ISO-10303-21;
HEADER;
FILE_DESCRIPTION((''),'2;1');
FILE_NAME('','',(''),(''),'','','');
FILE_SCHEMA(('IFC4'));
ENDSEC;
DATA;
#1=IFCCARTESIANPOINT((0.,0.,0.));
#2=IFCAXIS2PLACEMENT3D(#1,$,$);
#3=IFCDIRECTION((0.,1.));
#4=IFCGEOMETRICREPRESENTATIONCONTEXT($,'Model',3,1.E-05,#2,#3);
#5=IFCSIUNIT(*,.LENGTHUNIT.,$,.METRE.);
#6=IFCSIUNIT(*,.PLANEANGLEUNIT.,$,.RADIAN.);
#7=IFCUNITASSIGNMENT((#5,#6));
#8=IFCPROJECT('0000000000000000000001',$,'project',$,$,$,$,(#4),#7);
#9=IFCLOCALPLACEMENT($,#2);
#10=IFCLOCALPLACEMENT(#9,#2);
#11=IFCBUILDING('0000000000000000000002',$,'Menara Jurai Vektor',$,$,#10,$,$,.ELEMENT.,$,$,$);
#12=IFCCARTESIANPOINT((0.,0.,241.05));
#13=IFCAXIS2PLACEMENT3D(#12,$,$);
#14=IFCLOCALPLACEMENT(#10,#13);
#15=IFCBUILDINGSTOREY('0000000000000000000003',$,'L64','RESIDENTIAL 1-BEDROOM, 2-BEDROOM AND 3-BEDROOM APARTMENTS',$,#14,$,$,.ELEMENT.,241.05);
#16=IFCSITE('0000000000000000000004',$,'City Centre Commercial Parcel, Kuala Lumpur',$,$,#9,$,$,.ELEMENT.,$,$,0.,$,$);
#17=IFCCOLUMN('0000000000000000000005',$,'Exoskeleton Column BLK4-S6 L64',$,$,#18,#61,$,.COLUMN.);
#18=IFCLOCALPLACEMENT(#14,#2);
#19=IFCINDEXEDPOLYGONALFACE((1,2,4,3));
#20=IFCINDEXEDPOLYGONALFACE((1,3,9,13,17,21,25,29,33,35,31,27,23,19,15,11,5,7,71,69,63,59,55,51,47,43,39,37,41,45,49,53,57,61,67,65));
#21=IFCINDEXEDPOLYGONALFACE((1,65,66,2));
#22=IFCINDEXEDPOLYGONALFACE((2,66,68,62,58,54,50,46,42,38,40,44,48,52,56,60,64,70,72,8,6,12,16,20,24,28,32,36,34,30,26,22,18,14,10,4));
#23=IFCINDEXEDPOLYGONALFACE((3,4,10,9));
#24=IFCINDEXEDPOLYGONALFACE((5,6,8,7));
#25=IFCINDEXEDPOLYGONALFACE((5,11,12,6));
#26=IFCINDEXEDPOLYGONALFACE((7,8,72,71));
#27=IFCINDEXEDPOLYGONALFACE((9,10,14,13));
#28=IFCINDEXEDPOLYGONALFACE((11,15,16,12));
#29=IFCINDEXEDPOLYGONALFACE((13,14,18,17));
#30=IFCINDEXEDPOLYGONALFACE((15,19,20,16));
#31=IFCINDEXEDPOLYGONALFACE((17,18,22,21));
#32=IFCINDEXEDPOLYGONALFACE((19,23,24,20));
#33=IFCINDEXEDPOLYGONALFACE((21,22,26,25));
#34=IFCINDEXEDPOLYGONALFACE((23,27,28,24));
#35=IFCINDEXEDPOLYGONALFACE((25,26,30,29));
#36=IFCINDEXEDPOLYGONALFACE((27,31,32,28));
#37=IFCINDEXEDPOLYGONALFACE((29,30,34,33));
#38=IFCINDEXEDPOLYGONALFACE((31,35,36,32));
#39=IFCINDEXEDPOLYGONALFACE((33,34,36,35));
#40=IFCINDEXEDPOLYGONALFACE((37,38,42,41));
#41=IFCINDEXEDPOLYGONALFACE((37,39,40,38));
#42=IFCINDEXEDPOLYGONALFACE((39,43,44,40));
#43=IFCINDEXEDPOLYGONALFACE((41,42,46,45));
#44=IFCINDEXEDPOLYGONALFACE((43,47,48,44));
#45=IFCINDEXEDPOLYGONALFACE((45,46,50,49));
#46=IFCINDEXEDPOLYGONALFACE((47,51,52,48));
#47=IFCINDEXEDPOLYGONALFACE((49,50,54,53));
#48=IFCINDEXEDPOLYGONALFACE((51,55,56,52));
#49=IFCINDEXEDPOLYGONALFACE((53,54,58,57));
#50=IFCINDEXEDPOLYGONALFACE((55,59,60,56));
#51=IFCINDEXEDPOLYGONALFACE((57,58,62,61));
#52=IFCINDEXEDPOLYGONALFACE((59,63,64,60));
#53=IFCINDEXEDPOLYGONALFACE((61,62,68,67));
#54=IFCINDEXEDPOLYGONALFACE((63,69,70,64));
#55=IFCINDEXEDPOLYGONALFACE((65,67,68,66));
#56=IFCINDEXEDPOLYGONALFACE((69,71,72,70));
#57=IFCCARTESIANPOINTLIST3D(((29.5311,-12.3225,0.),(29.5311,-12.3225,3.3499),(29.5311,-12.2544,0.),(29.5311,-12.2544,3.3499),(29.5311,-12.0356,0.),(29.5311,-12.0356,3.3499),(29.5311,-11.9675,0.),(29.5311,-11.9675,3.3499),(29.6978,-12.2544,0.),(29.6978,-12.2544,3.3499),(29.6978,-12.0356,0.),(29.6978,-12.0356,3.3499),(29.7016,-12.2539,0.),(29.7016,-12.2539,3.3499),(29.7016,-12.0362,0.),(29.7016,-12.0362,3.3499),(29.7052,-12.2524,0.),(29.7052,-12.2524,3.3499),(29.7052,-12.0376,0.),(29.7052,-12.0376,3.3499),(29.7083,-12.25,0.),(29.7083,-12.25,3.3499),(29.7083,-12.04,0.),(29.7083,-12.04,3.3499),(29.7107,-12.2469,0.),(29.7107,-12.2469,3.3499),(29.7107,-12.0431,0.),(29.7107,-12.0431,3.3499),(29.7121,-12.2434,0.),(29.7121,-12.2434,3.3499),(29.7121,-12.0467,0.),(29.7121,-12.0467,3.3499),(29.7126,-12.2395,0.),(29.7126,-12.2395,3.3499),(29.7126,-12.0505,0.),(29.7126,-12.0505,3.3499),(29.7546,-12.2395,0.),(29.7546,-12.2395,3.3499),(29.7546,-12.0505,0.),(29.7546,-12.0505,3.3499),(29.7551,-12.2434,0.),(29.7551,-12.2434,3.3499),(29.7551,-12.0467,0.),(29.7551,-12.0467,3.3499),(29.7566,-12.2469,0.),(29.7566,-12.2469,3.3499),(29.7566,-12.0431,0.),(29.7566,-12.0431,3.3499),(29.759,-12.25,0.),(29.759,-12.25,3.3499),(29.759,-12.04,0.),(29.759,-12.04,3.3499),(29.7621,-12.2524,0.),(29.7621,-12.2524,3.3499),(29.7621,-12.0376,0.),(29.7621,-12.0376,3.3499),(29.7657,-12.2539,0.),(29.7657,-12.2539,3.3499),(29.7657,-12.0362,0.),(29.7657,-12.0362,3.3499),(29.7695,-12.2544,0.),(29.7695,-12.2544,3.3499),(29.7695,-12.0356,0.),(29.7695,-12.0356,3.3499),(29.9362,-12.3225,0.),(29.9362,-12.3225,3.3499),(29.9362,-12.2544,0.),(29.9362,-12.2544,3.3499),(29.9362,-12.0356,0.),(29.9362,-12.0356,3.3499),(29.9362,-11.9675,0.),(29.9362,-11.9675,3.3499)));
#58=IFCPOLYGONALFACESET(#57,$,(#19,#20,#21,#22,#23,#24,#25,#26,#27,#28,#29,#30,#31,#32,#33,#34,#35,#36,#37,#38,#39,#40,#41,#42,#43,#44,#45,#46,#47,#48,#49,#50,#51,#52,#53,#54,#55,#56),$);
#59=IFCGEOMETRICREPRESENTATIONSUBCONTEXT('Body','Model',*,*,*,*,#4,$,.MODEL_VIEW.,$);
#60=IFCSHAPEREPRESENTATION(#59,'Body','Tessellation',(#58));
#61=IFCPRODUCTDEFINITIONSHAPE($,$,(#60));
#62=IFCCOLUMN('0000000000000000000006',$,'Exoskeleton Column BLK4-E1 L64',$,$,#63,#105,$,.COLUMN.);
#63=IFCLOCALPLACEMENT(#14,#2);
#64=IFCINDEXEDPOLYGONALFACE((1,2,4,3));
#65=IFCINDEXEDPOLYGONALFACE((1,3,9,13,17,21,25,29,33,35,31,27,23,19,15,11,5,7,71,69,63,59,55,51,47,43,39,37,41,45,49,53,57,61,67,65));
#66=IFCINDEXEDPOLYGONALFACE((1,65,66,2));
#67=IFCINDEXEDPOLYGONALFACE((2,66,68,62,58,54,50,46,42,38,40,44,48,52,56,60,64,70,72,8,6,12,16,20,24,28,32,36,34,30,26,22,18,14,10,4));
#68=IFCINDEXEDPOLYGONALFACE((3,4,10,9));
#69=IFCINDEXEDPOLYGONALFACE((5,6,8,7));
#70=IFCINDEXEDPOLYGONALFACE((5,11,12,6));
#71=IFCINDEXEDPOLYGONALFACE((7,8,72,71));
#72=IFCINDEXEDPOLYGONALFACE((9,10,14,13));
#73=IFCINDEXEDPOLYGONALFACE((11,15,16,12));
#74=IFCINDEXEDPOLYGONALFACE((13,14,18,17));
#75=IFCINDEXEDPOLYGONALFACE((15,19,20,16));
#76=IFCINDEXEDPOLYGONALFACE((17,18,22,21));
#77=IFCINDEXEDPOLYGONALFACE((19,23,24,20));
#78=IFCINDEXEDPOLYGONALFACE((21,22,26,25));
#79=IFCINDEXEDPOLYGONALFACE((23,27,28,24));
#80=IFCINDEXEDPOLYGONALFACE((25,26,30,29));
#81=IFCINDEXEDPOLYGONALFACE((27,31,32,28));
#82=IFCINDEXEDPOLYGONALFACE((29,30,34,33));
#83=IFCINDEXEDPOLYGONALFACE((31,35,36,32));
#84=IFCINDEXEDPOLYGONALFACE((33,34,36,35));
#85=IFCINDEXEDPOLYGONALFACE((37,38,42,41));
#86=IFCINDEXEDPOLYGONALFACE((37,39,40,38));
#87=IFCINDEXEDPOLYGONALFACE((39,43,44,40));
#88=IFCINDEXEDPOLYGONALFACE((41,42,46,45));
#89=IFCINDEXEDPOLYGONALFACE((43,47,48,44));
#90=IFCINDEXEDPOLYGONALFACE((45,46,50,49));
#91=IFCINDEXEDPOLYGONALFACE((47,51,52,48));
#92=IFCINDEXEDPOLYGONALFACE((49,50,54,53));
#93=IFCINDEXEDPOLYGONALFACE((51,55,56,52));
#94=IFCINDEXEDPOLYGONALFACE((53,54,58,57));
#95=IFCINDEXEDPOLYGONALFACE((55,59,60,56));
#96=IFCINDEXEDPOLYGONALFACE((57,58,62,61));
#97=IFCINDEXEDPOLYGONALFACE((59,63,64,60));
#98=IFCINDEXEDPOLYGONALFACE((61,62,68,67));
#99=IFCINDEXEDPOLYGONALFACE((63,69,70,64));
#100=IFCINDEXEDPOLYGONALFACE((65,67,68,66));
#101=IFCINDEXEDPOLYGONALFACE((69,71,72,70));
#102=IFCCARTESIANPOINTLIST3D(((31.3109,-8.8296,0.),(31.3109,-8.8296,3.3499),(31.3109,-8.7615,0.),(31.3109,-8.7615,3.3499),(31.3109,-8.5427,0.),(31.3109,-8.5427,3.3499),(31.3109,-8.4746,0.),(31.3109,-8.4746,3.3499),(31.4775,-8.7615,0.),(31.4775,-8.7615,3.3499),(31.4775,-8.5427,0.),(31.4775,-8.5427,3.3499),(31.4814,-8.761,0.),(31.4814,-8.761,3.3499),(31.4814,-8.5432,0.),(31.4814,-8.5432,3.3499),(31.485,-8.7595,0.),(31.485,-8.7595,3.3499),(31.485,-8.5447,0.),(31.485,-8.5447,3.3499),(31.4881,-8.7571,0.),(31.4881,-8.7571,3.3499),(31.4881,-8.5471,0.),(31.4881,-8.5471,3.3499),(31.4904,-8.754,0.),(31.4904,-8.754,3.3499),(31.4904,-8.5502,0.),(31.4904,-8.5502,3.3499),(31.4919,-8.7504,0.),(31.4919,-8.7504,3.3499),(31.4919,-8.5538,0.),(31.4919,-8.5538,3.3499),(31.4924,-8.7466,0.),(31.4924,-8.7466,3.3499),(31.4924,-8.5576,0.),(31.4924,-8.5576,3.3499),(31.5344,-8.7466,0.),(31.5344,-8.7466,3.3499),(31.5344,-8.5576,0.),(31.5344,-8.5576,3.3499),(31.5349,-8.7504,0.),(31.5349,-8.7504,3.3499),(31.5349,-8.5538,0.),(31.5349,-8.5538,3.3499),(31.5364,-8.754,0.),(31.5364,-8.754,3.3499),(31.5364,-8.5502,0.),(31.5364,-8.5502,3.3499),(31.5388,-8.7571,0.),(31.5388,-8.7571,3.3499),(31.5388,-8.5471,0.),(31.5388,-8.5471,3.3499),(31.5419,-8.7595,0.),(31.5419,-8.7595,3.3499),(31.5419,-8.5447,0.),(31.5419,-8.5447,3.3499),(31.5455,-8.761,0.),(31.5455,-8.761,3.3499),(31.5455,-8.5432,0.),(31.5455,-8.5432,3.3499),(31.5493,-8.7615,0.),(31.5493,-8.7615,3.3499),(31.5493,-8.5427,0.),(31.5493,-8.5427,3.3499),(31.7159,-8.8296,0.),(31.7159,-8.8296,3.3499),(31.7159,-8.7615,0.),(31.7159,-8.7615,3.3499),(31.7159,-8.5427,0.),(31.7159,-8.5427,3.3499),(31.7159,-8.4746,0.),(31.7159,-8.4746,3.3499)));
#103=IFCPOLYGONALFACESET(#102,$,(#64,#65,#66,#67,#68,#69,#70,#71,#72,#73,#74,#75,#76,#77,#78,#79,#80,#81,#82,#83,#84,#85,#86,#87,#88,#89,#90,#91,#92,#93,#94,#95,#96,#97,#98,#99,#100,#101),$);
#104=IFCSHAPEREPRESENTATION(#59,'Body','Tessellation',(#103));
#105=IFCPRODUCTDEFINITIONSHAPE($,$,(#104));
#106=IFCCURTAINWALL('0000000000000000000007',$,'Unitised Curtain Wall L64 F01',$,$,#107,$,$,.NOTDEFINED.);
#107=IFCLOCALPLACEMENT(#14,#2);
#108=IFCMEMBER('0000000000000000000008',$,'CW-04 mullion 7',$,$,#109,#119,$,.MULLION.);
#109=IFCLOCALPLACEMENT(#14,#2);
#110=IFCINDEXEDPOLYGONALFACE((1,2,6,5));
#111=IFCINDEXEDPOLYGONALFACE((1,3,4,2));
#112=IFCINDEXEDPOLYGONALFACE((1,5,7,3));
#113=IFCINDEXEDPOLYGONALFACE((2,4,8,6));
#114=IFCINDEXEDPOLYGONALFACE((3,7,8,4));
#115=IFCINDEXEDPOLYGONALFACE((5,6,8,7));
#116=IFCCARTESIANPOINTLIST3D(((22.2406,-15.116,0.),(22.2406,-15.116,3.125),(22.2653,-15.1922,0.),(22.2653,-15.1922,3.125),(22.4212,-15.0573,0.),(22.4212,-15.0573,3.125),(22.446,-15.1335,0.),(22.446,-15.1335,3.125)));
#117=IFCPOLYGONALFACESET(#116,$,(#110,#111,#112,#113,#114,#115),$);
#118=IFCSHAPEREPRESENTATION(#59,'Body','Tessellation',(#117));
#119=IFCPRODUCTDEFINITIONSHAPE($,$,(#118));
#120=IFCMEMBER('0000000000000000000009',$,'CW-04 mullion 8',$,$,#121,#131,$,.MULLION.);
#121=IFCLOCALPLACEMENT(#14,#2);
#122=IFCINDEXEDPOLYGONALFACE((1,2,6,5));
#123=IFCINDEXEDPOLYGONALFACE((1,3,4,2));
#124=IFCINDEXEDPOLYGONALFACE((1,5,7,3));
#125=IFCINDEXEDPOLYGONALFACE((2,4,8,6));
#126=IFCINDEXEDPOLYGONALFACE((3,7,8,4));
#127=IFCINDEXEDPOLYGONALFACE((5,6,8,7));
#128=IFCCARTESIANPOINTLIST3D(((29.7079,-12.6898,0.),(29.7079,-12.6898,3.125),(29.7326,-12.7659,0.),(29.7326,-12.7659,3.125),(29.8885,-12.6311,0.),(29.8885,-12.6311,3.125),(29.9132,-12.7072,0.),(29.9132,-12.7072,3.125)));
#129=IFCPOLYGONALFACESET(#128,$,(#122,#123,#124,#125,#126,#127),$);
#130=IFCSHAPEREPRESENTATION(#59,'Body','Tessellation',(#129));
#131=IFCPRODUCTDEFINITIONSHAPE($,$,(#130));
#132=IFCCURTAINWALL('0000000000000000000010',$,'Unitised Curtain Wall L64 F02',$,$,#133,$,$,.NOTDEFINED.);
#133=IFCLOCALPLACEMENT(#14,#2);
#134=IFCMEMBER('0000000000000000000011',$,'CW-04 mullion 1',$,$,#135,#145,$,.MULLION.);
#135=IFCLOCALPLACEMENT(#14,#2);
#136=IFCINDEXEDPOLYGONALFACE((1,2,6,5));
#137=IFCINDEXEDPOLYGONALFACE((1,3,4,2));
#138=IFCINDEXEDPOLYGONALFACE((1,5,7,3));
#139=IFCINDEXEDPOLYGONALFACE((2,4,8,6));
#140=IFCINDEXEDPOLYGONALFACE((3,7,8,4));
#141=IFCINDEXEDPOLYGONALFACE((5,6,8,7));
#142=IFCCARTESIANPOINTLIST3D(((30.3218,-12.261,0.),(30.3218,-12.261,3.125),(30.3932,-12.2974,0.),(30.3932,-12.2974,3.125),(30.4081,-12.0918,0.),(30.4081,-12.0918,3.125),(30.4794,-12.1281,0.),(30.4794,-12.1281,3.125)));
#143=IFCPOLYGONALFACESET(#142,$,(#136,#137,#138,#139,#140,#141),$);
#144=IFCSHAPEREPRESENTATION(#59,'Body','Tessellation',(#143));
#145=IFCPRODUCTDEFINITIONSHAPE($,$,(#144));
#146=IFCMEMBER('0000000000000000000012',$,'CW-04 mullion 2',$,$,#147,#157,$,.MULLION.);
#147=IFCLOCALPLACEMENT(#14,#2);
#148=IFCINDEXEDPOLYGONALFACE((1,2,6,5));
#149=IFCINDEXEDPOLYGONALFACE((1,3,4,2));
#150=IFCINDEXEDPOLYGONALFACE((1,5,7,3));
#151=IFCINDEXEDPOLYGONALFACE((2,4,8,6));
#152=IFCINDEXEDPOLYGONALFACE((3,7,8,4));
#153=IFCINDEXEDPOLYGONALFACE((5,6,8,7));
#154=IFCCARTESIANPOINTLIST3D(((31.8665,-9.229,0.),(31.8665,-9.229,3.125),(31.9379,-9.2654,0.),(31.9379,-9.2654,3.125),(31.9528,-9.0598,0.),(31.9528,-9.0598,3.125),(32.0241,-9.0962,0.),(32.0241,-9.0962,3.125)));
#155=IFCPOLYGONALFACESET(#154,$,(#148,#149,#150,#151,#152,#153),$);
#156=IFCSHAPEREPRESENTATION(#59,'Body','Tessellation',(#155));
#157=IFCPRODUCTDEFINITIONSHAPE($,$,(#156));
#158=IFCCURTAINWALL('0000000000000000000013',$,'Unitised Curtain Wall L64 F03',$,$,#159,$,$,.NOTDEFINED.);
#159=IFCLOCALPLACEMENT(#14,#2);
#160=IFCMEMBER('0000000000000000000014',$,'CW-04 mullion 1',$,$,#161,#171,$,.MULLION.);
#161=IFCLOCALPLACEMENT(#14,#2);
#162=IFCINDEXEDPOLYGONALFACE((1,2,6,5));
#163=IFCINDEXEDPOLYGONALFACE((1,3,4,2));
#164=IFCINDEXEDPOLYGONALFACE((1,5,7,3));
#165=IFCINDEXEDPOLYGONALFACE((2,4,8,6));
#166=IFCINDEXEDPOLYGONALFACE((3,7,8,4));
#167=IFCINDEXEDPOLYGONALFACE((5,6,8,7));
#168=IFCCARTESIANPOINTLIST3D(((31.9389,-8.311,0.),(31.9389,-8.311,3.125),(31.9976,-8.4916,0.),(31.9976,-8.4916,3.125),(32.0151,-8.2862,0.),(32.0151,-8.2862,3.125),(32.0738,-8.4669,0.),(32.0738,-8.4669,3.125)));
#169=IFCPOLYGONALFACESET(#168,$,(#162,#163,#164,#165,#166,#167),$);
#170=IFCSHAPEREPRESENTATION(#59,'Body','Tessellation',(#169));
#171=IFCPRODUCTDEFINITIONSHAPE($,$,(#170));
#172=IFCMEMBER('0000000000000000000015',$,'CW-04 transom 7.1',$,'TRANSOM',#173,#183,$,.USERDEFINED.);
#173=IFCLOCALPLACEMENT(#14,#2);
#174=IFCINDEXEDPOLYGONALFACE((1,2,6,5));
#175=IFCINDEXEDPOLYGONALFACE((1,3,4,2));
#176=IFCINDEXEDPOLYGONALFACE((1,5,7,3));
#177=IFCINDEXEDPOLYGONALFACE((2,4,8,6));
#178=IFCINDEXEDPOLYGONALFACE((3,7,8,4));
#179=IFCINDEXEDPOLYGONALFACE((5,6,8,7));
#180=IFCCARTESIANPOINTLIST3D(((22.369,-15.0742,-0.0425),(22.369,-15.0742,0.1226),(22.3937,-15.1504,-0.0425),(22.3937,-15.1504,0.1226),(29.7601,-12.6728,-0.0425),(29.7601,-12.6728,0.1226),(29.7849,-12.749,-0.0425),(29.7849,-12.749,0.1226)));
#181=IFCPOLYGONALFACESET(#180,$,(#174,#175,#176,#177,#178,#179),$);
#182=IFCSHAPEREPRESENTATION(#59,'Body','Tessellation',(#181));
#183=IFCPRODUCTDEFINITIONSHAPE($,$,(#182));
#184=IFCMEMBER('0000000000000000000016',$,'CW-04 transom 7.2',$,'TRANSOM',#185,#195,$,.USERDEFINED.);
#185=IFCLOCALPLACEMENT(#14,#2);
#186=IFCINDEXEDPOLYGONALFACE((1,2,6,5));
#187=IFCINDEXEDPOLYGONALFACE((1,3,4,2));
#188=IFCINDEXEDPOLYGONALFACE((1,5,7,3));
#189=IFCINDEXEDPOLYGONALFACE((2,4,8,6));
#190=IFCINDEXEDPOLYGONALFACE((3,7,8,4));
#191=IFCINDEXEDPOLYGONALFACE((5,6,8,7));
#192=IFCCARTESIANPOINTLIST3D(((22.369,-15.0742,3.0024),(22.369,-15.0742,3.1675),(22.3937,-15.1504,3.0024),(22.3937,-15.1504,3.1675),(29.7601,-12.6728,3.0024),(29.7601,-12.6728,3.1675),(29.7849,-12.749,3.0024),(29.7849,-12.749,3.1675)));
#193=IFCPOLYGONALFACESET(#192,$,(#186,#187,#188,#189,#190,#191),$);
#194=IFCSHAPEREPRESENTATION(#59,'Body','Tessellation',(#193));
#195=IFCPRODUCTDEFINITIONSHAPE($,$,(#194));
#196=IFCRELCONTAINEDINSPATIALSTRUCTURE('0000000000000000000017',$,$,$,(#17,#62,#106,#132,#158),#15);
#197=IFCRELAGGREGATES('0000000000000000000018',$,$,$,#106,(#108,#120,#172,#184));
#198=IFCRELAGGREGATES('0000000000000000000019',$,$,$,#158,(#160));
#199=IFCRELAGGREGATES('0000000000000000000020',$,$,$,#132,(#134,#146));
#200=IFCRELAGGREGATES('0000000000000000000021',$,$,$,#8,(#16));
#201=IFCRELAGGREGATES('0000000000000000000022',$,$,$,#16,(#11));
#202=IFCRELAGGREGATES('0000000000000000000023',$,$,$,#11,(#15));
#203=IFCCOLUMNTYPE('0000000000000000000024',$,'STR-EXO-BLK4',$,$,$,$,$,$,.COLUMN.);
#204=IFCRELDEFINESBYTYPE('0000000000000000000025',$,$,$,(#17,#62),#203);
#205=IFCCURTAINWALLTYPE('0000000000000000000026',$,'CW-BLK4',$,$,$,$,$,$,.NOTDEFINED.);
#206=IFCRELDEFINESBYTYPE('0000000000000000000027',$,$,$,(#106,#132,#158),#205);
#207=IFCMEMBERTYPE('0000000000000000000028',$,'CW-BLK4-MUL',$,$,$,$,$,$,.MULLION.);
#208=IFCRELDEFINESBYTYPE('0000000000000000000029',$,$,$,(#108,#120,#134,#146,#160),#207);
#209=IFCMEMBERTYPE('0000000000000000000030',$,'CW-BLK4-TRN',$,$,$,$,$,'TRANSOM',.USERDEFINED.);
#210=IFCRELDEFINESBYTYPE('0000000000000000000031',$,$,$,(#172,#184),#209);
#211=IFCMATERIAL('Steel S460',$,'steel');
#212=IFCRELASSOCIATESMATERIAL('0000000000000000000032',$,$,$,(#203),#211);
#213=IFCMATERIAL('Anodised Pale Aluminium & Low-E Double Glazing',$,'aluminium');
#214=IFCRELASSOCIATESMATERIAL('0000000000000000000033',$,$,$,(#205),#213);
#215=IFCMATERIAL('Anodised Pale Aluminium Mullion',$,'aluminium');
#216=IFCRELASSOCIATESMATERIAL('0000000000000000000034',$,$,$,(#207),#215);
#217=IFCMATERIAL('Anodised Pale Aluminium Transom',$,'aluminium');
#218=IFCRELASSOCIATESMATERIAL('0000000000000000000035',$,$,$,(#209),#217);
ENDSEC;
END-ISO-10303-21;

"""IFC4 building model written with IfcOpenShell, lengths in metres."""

from ifc_helpers import new_model, si_unit, direction, frame, origin, origin_2d, place, context, subcontext, project, spatial, rectangle, i_section, extrude, material, material_profile, profile_set, type_object, element, aggregate, save


model = new_model("IFC4")

# Units and contexts
model_context = context("Model", 3, precision=1e-05, world=origin(), true_north=direction((0.0, 1.0)))
body_context = subcontext(model_context, "Body", "Model", "MODEL_VIEW")
ifc_project = project(units=[si_unit("LENGTHUNIT", "METRE"), si_unit("PLANEANGLEUNIT", "RADIAN")], contexts=[model_context])

# Site, building, storey
site_placement = place(None, origin())
site = spatial("IfcSite", under=ifc_project, at=site_placement, Name="City Centre Commercial Parcel, Kuala Lumpur", CompositionType="ELEMENT", RefElevation=0.0)
building_placement = place(site_placement, origin())
building = spatial("IfcBuilding", under=site, at=building_placement, Name="Menara Jurai Vektor", CompositionType="ELEMENT")
storey_placement = place(building_placement, frame((0.0, 0.0, 241.05)))
storey = spatial("IfcBuildingStorey", under=building, at=storey_placement, Name="L64", Description="RESIDENTIAL 1-BEDROOM, 2-BEDROOM AND 3-BEDROOM APARTMENTS", CompositionType="ELEMENT", Elevation=241.05)

# Columns
ifc_material_1 = material(Name="Steel S460", Category="steel")
ifc_material_profile_1 = material_profile(ifc_material_1, i_section(OverallWidth=0.405, OverallDepth=0.355, WebThickness=0.042, FlangeThickness=0.0681, FilletRadius=0.0149, at=origin_2d()), Name="HD 400x551")
ifc_profile_set_1 = profile_set([ifc_material_profile_1], Name="Steel S460")
column_type = type_object("IfcColumnType", Name="STR-EXO-BLK4", PredefinedType="COLUMN", material=ifc_profile_set_1)
for number, where, z_axis, x_axis, name in (
    (1, (29.7336, -12.145, 0.0), (0.0, 0.0, 1.0), (1.0, 0.0, 0.0), "Exoskeleton Column BLK4-S6 L64"),
    (2, (31.5134, -8.6521, 0.0), (0.0, 0.0, 1.0), (1.0, 0.0, 0.0), "Exoskeleton Column BLK4-E1 L64"),
):
    element("IfcColumn", number, at=place(storey_placement, frame(where, z_axis=z_axis, x_axis=x_axis)), inside=storey, type_object=column_type, Name=name, PredefinedType="COLUMN", context=body_context, shape_type="SweptSolid", body=[
        extrude(i_section(OverallWidth=0.405, OverallDepth=0.355, WebThickness=0.042, FlangeThickness=0.0681, FilletRadius=0.0149, at=origin_2d()), origin(), (0.0, 0.0, 1.0), 3.3499),
    ])

# Curtain walls, members
ifc_material_2 = material(Name="Anodised Pale Aluminium & Low-E Double Glazing", Category="aluminium")
curtain_wall_type = type_object("IfcCurtainWallType", Name="CW-BLK4", PredefinedType="NOTDEFINED", material=ifc_material_2)
curtain_wall_1_placement = place(storey_placement, origin())
curtain_wall_1 = element("IfcCurtainWall", 3, at=curtain_wall_1_placement, inside=storey, type_object=curtain_wall_type, Name="Unitised Curtain Wall L64 F01", PredefinedType="NOTDEFINED")
ifc_material_3 = material(Name="Anodised Pale Aluminium Mullion", Category="aluminium")
ifc_material_profile_2 = material_profile(ifc_material_3, rectangle(XDim=0.0801, YDim=0.1899, at=origin_2d()), Name="ALU MUL 80x190")
ifc_profile_set_2 = profile_set([ifc_material_profile_2], Name="Anodised Pale Aluminium Mullion")
member_type_1 = type_object("IfcMemberType", Name="CW-BLK4-MUL", PredefinedType="MULLION", material=ifc_profile_set_2)
member_1_placement = place(storey_placement, frame((22.3433, -15.1248, 0.0), z_axis=(0.0, 0.0, 1.0), x_axis=(-0.309017, 0.951056, 0.0)))
member_1 = element("IfcMember", 4, at=member_1_placement, type_object=member_type_1, Name="CW-04 mullion 7", PredefinedType="MULLION", context=body_context, shape_type="SweptSolid", body=[
    extrude(rectangle(XDim=0.0801, YDim=0.1899, at=origin_2d()), origin(), (0.0, 0.0, 1.0), 3.125),
])
member_2_placement = place(storey_placement, frame((29.8105, -12.6985, 0.0), z_axis=(0.0, 0.0, 1.0), x_axis=(-0.309017, 0.951056, 0.0)))
member_2 = element("IfcMember", 5, at=member_2_placement, type_object=member_type_1, Name="CW-04 mullion 8", PredefinedType="MULLION", context=body_context, shape_type="SweptSolid", body=[
    extrude(rectangle(XDim=0.0801, YDim=0.1899, at=origin_2d()), origin(), (0.0, 0.0, 1.0), 3.125),
])
curtain_wall_2_placement = place(storey_placement, origin())
curtain_wall_2 = element("IfcCurtainWall", 6, at=curtain_wall_2_placement, inside=storey, type_object=curtain_wall_type, Name="Unitised Curtain Wall L64 F02", PredefinedType="NOTDEFINED")
member_3_placement = place(storey_placement, frame((30.4006, -12.1946, 0.0), z_axis=(0.0, 0.0, 1.0), x_axis=(-0.891008, 0.453989, 0.0)))
member_3 = element("IfcMember", 7, at=member_3_placement, type_object=member_type_1, Name="CW-04 mullion 1", PredefinedType="MULLION", context=body_context, shape_type="SweptSolid", body=[
    extrude(rectangle(XDim=0.0801, YDim=0.1899, at=origin_2d()), origin(), (0.0, 0.0, 1.0), 3.125),
])
member_4_placement = place(storey_placement, frame((31.9453, -9.1626, 0.0), z_axis=(0.0, 0.0, 1.0), x_axis=(-0.891008, 0.453989, 0.0)))
member_4 = element("IfcMember", 8, at=member_4_placement, type_object=member_type_1, Name="CW-04 mullion 2", PredefinedType="MULLION", context=body_context, shape_type="SweptSolid", body=[
    extrude(rectangle(XDim=0.0801, YDim=0.1899, at=origin_2d()), origin(), (0.0, 0.0, 1.0), 3.125),
])

# Curtain wall, member
curtain_wall_3_placement = place(storey_placement, origin())
curtain_wall_3 = element("IfcCurtainWall", 9, at=curtain_wall_3_placement, inside=storey, type_object=curtain_wall_type, Name="Unitised Curtain Wall L64 F03", PredefinedType="NOTDEFINED")
member_5_placement = place(storey_placement, frame((32.0063, -8.3889, 0.0), z_axis=(0.0, 0.0, 1.0), x_axis=(-0.951057, -0.309016, 0.0)))
member_5 = element("IfcMember", 10, at=member_5_placement, type_object=member_type_1, Name="CW-04 mullion 1", PredefinedType="MULLION", context=body_context, shape_type="SweptSolid", body=[
    extrude(rectangle(XDim=0.0801, YDim=0.1899, at=origin_2d()), origin(), (0.0, 0.0, 1.0), 3.125),
])

# Members
ifc_material_4 = material(Name="Anodised Pale Aluminium Transom", Category="aluminium")
ifc_material_profile_3 = material_profile(ifc_material_4, rectangle(XDim=0.0801, YDim=0.165, at=origin_2d()), Name="ALU TRN 80x165")
ifc_profile_set_3 = profile_set([ifc_material_profile_3], Name="Anodised Pale Aluminium Transom")
member_type_2 = type_object("IfcMemberType", Name="CW-BLK4-TRN", ElementType="TRANSOM", PredefinedType="USERDEFINED", material=ifc_profile_set_3)
member_6_placement = place(storey_placement, frame((22.3813, -15.1123, 0.04), z_axis=(0.951062, 0.308999, 0.0), x_axis=(-0.308999, 0.951062, 0.0)))
member_6 = element("IfcMember", 11, at=member_6_placement, type_object=member_type_2, Name="CW-04 transom 7.1", ObjectType="TRANSOM", PredefinedType="USERDEFINED", context=body_context, shape_type="SweptSolid", body=[
    extrude(rectangle(XDim=0.0801, YDim=0.165, at=origin_2d()), origin(), (0.0, 0.0, 1.0), 7.7715),
])
member_7_placement = place(storey_placement, frame((22.3813, -15.1123, 3.085), z_axis=(0.951062, 0.308999, 0.0), x_axis=(-0.308999, 0.951062, 0.0)))
member_7 = element("IfcMember", 12, at=member_7_placement, type_object=member_type_2, Name="CW-04 transom 7.2", ObjectType="TRANSOM", PredefinedType="USERDEFINED", context=body_context, shape_type="SweptSolid", body=[
    extrude(rectangle(XDim=0.0801, YDim=0.165, at=origin_2d()), origin(), (0.0, 0.0, 1.0), 7.7715),
])

aggregate(curtain_wall_1, [member_1, member_2, member_6, member_7])
aggregate(curtain_wall_3, [member_5])
aggregate(curtain_wall_2, [member_3, member_4])

save(model, "model.ifc")
